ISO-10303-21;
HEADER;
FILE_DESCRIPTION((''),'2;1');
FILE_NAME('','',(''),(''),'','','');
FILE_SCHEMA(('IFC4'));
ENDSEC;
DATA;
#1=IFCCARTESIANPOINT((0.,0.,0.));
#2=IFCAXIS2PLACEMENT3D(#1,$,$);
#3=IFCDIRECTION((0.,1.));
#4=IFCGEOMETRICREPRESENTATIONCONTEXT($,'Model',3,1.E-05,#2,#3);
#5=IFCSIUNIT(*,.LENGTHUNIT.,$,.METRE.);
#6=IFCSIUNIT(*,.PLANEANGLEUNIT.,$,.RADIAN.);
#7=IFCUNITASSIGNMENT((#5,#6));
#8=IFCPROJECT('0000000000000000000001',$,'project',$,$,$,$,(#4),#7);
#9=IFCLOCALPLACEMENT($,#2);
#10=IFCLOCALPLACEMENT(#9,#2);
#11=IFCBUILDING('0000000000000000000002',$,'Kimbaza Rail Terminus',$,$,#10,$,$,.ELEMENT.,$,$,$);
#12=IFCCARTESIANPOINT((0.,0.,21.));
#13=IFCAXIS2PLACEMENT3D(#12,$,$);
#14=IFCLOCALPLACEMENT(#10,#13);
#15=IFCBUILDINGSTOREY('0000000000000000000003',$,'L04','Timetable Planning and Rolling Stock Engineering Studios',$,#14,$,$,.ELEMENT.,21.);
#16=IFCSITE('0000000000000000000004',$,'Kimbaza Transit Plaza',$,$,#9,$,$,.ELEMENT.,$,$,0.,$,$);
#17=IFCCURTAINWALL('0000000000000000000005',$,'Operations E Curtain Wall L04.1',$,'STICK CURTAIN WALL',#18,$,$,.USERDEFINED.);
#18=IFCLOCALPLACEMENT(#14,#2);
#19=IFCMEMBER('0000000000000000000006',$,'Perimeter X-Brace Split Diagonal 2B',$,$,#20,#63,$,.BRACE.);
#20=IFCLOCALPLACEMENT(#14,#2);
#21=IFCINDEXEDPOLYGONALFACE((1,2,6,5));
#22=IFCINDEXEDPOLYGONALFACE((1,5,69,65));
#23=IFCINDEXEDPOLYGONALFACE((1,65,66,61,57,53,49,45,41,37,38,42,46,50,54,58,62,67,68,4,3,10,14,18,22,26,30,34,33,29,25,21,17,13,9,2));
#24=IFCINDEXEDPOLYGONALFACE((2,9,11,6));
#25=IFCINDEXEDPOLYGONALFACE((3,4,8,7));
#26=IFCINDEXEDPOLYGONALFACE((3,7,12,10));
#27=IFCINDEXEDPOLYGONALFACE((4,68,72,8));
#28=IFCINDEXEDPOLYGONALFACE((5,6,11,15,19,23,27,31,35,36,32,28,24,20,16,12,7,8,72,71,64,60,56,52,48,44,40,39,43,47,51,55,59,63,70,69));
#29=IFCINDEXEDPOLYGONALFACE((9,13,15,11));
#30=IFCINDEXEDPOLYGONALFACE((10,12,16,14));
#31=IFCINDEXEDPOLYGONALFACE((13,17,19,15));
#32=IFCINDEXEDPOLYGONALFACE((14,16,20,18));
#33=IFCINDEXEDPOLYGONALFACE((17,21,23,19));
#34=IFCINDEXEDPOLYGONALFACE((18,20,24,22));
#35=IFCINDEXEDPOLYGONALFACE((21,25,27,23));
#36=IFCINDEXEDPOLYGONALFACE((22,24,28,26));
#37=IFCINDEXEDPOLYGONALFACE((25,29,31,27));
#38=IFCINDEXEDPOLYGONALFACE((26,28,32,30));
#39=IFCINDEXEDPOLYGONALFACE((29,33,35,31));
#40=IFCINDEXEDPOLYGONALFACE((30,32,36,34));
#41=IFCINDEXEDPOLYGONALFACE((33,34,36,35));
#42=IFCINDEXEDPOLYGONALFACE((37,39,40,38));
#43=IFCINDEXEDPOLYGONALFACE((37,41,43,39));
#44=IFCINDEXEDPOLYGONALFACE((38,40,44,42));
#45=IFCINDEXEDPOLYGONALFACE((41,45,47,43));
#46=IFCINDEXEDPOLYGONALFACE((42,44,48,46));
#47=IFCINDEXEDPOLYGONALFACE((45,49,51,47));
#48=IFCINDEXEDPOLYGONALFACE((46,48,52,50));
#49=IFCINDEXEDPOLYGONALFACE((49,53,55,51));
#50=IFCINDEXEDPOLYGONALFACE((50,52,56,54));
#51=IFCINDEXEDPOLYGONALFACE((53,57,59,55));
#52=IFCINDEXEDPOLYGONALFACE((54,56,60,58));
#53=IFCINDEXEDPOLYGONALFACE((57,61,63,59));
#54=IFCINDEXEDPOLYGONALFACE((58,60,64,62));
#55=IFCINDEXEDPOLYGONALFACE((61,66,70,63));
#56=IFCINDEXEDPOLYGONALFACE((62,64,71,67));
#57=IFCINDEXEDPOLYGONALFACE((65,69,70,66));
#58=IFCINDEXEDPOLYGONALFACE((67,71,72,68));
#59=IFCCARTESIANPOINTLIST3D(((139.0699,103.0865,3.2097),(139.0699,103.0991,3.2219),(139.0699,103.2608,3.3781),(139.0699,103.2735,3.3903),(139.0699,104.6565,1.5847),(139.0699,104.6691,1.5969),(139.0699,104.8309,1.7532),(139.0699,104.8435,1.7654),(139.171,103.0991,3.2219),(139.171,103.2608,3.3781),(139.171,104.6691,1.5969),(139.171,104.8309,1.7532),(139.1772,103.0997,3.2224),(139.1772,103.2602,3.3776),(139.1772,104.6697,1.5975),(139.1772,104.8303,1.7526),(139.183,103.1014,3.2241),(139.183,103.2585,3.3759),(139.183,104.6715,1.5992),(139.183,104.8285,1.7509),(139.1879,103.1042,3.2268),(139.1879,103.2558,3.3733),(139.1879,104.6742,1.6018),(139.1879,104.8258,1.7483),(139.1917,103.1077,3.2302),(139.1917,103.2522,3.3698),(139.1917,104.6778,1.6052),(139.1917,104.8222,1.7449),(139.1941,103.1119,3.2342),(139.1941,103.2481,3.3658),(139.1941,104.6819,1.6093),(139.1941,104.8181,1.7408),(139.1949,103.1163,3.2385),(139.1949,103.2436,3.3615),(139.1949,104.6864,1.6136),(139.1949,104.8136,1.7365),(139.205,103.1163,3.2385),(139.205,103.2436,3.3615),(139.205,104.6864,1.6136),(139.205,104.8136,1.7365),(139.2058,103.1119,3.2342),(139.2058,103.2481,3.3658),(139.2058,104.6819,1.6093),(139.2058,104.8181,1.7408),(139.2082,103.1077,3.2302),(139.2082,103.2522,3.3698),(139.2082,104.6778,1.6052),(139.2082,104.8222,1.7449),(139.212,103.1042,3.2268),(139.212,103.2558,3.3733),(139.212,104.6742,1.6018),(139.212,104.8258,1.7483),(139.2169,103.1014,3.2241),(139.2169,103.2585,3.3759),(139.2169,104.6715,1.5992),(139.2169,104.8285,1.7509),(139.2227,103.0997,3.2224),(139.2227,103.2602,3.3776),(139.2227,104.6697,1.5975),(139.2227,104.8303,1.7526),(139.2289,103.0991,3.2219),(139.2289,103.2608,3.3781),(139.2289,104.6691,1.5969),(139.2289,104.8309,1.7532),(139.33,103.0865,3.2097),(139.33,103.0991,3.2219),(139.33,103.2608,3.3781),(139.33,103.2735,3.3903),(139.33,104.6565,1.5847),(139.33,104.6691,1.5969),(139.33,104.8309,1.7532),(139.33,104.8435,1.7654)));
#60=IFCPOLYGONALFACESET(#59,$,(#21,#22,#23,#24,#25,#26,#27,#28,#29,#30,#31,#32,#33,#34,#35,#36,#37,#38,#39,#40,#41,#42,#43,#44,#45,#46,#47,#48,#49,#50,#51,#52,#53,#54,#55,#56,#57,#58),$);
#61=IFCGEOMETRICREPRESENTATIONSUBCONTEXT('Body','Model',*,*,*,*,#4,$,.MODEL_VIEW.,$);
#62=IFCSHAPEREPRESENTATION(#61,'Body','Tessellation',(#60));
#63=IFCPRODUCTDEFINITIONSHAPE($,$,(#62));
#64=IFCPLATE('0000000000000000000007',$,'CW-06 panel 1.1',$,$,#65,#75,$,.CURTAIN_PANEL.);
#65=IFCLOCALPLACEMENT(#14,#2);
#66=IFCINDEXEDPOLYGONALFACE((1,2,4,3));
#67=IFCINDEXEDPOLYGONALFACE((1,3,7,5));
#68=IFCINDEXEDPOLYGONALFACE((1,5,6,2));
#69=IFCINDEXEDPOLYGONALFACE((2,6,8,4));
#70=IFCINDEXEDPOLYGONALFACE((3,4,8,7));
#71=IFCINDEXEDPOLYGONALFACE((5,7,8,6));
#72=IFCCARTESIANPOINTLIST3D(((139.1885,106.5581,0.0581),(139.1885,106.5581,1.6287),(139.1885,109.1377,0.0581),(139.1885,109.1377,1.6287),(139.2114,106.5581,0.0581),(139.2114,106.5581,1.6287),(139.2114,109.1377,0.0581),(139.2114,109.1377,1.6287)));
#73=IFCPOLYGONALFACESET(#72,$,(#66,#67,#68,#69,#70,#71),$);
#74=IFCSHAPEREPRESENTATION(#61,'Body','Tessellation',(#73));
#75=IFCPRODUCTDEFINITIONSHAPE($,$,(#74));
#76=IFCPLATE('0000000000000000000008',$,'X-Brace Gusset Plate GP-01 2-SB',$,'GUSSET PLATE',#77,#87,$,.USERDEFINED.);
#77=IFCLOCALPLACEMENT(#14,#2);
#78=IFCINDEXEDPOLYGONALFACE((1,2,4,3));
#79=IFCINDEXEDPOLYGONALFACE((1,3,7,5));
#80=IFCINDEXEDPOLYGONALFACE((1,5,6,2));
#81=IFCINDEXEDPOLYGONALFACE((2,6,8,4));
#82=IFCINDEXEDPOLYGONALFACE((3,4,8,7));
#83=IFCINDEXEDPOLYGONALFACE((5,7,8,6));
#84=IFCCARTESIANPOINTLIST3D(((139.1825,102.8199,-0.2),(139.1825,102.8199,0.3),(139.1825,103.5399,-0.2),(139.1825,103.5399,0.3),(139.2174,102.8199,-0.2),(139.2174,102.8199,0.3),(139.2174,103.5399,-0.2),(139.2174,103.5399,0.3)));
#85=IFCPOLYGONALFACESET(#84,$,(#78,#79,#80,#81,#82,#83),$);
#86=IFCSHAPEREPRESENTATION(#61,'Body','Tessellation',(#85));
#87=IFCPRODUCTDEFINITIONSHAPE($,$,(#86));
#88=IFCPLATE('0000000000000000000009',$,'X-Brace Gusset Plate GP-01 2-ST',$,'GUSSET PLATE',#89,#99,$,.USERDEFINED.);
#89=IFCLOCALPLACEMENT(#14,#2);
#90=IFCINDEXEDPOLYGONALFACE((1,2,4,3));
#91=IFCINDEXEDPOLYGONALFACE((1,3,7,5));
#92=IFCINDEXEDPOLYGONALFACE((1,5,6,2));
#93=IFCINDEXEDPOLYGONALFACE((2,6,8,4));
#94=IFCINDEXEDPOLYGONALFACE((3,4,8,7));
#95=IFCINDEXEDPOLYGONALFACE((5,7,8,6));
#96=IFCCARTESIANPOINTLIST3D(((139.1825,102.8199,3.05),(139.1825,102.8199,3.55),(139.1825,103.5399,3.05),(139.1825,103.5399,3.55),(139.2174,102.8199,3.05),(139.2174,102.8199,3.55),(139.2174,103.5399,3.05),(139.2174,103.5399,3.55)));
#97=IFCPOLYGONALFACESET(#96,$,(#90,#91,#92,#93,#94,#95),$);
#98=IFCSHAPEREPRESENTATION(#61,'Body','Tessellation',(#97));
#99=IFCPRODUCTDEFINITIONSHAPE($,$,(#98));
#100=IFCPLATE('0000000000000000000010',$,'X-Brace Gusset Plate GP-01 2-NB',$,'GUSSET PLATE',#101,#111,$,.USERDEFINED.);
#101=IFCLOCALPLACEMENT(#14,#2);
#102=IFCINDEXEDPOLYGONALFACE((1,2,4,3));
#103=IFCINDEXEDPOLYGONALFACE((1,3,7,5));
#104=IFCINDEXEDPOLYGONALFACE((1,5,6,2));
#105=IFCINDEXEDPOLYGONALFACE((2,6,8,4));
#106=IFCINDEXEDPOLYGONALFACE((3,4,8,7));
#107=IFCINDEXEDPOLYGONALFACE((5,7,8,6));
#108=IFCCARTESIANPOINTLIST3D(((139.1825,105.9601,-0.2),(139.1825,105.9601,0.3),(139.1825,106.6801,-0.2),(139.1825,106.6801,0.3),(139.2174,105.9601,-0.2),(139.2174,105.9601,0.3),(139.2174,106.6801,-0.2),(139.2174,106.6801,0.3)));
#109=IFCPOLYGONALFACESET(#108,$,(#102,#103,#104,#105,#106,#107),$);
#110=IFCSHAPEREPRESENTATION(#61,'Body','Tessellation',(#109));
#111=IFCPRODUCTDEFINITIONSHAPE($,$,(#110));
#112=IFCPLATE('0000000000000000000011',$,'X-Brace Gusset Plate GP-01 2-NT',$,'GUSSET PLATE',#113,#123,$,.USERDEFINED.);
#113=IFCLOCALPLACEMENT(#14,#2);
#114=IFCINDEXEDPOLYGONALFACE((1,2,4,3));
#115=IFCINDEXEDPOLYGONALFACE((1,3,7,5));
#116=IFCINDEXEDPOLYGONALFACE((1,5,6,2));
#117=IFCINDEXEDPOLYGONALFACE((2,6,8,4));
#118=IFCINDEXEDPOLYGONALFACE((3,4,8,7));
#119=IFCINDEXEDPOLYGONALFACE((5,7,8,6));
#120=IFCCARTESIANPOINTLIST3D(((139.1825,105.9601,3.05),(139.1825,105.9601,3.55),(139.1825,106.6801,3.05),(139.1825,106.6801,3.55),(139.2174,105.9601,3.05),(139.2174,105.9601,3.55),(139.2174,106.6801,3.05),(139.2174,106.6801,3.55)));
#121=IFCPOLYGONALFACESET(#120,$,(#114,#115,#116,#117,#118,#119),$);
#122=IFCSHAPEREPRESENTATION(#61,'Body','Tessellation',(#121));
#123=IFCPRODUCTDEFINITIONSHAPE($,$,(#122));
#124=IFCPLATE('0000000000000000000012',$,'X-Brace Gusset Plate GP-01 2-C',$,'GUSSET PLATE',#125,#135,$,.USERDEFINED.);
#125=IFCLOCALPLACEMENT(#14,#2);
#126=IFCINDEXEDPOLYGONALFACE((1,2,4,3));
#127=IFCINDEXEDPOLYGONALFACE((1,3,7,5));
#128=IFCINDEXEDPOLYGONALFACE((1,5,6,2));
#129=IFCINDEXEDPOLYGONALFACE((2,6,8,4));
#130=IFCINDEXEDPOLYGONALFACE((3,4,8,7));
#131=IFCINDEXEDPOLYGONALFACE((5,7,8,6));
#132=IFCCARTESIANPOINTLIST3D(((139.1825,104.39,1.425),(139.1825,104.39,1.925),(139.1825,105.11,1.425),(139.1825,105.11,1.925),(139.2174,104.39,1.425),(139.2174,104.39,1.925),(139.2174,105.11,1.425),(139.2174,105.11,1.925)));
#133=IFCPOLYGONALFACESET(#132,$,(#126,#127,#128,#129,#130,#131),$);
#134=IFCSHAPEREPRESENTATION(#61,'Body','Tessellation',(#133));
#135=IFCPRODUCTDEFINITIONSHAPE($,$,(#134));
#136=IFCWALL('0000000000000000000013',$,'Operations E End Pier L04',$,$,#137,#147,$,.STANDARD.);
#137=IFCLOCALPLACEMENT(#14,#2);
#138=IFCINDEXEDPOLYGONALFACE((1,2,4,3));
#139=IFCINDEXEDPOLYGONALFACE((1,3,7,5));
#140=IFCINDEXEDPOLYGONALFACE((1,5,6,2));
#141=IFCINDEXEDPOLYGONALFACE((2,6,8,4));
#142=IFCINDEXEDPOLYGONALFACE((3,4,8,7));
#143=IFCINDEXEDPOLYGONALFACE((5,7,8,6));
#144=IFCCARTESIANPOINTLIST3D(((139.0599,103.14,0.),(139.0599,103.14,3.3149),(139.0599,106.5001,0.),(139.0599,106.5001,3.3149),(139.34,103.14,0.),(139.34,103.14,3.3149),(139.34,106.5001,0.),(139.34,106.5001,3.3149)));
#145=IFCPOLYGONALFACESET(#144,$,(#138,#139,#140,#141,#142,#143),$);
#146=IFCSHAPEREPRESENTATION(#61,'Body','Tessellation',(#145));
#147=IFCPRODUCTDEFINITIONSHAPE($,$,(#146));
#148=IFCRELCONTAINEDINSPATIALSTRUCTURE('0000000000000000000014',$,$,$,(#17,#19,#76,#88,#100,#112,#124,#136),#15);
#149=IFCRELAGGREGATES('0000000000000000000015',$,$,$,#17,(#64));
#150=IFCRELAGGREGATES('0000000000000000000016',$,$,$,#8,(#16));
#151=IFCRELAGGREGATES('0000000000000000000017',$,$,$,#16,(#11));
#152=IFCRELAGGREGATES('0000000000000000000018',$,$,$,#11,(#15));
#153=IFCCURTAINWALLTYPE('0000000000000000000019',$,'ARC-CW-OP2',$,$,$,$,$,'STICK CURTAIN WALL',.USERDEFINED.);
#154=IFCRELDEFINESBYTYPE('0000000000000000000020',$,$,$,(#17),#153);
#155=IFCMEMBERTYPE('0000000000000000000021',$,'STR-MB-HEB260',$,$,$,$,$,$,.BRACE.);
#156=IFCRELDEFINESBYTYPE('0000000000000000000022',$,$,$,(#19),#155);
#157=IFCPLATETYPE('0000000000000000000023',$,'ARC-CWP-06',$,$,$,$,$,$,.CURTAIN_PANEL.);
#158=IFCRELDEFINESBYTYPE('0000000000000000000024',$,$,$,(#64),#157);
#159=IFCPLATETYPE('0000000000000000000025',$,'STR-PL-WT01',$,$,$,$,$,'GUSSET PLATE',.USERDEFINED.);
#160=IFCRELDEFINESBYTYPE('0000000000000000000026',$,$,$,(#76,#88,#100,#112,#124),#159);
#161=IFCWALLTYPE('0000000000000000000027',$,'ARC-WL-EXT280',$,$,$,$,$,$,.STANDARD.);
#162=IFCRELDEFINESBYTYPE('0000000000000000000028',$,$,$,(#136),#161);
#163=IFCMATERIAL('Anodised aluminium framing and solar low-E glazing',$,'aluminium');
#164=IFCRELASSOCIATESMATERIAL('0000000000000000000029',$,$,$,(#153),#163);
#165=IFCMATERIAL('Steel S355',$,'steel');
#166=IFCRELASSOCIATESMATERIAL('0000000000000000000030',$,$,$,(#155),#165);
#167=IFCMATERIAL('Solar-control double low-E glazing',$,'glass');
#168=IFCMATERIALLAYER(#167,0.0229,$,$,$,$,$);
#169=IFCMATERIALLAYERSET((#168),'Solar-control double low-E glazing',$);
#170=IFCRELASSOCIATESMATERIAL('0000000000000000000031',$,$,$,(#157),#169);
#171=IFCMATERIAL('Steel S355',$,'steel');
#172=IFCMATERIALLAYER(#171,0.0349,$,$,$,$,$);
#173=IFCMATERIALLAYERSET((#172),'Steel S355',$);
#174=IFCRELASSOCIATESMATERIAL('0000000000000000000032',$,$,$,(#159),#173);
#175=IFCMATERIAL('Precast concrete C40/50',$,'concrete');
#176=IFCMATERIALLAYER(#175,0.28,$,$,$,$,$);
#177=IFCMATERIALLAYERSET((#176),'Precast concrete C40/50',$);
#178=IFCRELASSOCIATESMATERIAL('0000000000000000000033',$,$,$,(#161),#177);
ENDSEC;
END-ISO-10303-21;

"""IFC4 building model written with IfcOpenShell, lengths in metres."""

from ifc_helpers import new_model, si_unit, direction, frame, frame_2d, origin, origin_2d, place, context, subcontext, project, spatial, rectangle, i_section, extrude, material, layer, layer_set, material_profile, profile_set, type_object, element, aggregate, save


model = new_model("IFC4")

# Units and contexts
model_context = context("Model", 3, precision=1e-05, world=origin(), true_north=direction((0.0, 1.0)))
body_context = subcontext(model_context, "Body", "Model", "MODEL_VIEW")
ifc_project = project(units=[si_unit("LENGTHUNIT", "METRE"), si_unit("PLANEANGLEUNIT", "RADIAN")], contexts=[model_context])

# Site, building, storey
site_placement = place(None, origin())
site = spatial("IfcSite", under=ifc_project, at=site_placement, Name="Kimbaza Transit Plaza", CompositionType="ELEMENT", RefElevation=0.0)
building_placement = place(site_placement, origin())
building = spatial("IfcBuilding", under=site, at=building_placement, Name="Kimbaza Rail Terminus", CompositionType="ELEMENT")
storey_placement = place(building_placement, frame((0.0, 0.0, 21.0)))
storey = spatial("IfcBuildingStorey", under=building, at=storey_placement, Name="L04", Description="Timetable Planning and Rolling Stock Engineering Studios", CompositionType="ELEMENT", Elevation=21.0)

# Curtain wall
ifc_material_1 = material(Name="Anodised aluminium framing and solar low-E glazing", Category="aluminium")
curtain_wall_type = type_object("IfcCurtainWallType", Name="ARC-CW-OP2", ElementType="STICK CURTAIN WALL", PredefinedType="USERDEFINED", material=ifc_material_1)
curtain_wall_placement = place(storey_placement, origin())
curtain_wall = element("IfcCurtainWall", 1, at=curtain_wall_placement, inside=storey, type_object=curtain_wall_type, Name="Operations E Curtain Wall L04.1", ObjectType="STICK CURTAIN WALL", PredefinedType="USERDEFINED")

# Member
ifc_material_2 = material(Name="Steel S355", Category="steel")
ifc_material_profile_1 = material_profile(ifc_material_2, i_section(OverallWidth=0.26, OverallDepth=0.26, WebThickness=0.01, FlangeThickness=0.0176, FilletRadius=0.0239, at=origin_2d()), Name="HEB 260")
ifc_profile_set_1 = profile_set([ifc_material_profile_1], Name="Steel S355")
member_type_1 = type_object("IfcMemberType", Name="STR-MB-HEB260", PredefinedType="BRACE", material=ifc_profile_set_1)
for number, where, z_axis, x_axis, name in (
    (2, (139.2, 104.75, 1.675), (0.0, -0.694847, 0.719158), (1.0, 0.0, 0.0), "Perimeter X-Brace Split Diagonal 2B"),
):
    element("IfcMember", number, at=place(storey_placement, frame(where, z_axis=z_axis, x_axis=x_axis)), inside=storey, type_object=member_type_1, Name=name, PredefinedType="BRACE", context=body_context, shape_type="SweptSolid", body=[
        extrude(i_section(OverallWidth=0.26, OverallDepth=0.26, WebThickness=0.01, FlangeThickness=0.0176, FilletRadius=0.0239, at=origin_2d()), origin(), (0.0, 0.0, 1.0), 2.2595),
    ])

# Plate
ifc_material_3 = material(Name="Solar-control double low-E glazing", Category="glass")
ifc_layer_1 = layer(ifc_material_3, 0.0229)
ifc_layer_set_1 = layer_set([ifc_layer_1], Name="Solar-control double low-E glazing")
plate_type_1 = type_object("IfcPlateType", Name="ARC-CWP-06", PredefinedType="CURTAIN_PANEL", material=ifc_layer_set_1)
plate_placement = place(storey_placement, frame((139.2, 107.8479, 0.0581), z_axis=(0.0, 0.0, 1.0), x_axis=(0.0, 1.0, 0.0)))
plate = element("IfcPlate", 3, at=plate_placement, type_object=plate_type_1, Name="CW-06 panel 1.1", PredefinedType="CURTAIN_PANEL", context=body_context, shape_type="SweptSolid", body=[
    extrude(rectangle(XDim=2.5796, YDim=0.0229, at=origin_2d()), origin(), (0.0, 0.0, 1.0), 1.5706),
])
aggregate(curtain_wall, [plate])

# Plates
ifc_material_4 = material(Name="Steel S355", Category="steel")
ifc_layer_2 = layer(ifc_material_4, 0.0349)
ifc_layer_set_2 = layer_set([ifc_layer_2], Name="Steel S355")
plate_type_2 = type_object("IfcPlateType", Name="STR-PL-WT01", ElementType="GUSSET PLATE", PredefinedType="USERDEFINED", material=ifc_layer_set_2)
for number, where, z_axis, x_axis, name in (
    (4, (139.2, 103.1799, -0.2), (0.0, 0.0, 1.0), (1.0, 0.0, 0.0), "X-Brace Gusset Plate GP-01 2-SB"),
    (5, (139.2, 103.1799, 3.05), (0.0, 0.0, 1.0), (1.0, 0.0, 0.0), "X-Brace Gusset Plate GP-01 2-ST"),
    (6, (139.2, 106.3201, -0.2), (0.0, 0.0, 1.0), (1.0, 0.0, 0.0), "X-Brace Gusset Plate GP-01 2-NB"),
    (7, (139.2, 106.3201, 3.05), (0.0, 0.0, 1.0), (1.0, 0.0, 0.0), "X-Brace Gusset Plate GP-01 2-NT"),
    (8, (139.2, 104.75, 1.425), (0.0, 0.0, 1.0), (1.0, 0.0, 0.0), "X-Brace Gusset Plate GP-01 2-C"),
):
    element("IfcPlate", number, at=place(storey_placement, frame(where, z_axis=z_axis, x_axis=x_axis)), inside=storey, type_object=plate_type_2, Name=name, ObjectType="GUSSET PLATE", PredefinedType="USERDEFINED", context=body_context, shape_type="SweptSolid", body=[
        extrude(rectangle(XDim=0.0349, YDim=0.72, at=origin_2d()), origin(), (0.0, 0.0, 1.0), 0.5),
    ])

# Wall
ifc_material_5 = material(Name="Precast concrete C40/50", Category="concrete")
ifc_layer_3 = layer(ifc_material_5, 0.28)
ifc_layer_set_3 = layer_set([ifc_layer_3], Name="Precast concrete C40/50")
wall_type = type_object("IfcWallType", Name="ARC-WL-EXT280", PredefinedType="STANDARD", material=ifc_layer_set_3)
wall_placement = place(storey_placement, frame((139.2, 103.1399, 0.0), z_axis=(0.0, 0.0, 1.0), x_axis=(0.0, 1.0, 0.0)))
element("IfcWall", 9, at=wall_placement, inside=storey, type_object=wall_type, Name="Operations E End Pier L04", PredefinedType="STANDARD", context=body_context, shape_type="SweptSolid", body=[
    extrude(rectangle(XDim=3.3601, YDim=0.28, at=frame_2d((1.6802, 0.0))), origin(), (0.0, 0.0, 1.0), 3.3149),
])

save(model, "model.ifc")
